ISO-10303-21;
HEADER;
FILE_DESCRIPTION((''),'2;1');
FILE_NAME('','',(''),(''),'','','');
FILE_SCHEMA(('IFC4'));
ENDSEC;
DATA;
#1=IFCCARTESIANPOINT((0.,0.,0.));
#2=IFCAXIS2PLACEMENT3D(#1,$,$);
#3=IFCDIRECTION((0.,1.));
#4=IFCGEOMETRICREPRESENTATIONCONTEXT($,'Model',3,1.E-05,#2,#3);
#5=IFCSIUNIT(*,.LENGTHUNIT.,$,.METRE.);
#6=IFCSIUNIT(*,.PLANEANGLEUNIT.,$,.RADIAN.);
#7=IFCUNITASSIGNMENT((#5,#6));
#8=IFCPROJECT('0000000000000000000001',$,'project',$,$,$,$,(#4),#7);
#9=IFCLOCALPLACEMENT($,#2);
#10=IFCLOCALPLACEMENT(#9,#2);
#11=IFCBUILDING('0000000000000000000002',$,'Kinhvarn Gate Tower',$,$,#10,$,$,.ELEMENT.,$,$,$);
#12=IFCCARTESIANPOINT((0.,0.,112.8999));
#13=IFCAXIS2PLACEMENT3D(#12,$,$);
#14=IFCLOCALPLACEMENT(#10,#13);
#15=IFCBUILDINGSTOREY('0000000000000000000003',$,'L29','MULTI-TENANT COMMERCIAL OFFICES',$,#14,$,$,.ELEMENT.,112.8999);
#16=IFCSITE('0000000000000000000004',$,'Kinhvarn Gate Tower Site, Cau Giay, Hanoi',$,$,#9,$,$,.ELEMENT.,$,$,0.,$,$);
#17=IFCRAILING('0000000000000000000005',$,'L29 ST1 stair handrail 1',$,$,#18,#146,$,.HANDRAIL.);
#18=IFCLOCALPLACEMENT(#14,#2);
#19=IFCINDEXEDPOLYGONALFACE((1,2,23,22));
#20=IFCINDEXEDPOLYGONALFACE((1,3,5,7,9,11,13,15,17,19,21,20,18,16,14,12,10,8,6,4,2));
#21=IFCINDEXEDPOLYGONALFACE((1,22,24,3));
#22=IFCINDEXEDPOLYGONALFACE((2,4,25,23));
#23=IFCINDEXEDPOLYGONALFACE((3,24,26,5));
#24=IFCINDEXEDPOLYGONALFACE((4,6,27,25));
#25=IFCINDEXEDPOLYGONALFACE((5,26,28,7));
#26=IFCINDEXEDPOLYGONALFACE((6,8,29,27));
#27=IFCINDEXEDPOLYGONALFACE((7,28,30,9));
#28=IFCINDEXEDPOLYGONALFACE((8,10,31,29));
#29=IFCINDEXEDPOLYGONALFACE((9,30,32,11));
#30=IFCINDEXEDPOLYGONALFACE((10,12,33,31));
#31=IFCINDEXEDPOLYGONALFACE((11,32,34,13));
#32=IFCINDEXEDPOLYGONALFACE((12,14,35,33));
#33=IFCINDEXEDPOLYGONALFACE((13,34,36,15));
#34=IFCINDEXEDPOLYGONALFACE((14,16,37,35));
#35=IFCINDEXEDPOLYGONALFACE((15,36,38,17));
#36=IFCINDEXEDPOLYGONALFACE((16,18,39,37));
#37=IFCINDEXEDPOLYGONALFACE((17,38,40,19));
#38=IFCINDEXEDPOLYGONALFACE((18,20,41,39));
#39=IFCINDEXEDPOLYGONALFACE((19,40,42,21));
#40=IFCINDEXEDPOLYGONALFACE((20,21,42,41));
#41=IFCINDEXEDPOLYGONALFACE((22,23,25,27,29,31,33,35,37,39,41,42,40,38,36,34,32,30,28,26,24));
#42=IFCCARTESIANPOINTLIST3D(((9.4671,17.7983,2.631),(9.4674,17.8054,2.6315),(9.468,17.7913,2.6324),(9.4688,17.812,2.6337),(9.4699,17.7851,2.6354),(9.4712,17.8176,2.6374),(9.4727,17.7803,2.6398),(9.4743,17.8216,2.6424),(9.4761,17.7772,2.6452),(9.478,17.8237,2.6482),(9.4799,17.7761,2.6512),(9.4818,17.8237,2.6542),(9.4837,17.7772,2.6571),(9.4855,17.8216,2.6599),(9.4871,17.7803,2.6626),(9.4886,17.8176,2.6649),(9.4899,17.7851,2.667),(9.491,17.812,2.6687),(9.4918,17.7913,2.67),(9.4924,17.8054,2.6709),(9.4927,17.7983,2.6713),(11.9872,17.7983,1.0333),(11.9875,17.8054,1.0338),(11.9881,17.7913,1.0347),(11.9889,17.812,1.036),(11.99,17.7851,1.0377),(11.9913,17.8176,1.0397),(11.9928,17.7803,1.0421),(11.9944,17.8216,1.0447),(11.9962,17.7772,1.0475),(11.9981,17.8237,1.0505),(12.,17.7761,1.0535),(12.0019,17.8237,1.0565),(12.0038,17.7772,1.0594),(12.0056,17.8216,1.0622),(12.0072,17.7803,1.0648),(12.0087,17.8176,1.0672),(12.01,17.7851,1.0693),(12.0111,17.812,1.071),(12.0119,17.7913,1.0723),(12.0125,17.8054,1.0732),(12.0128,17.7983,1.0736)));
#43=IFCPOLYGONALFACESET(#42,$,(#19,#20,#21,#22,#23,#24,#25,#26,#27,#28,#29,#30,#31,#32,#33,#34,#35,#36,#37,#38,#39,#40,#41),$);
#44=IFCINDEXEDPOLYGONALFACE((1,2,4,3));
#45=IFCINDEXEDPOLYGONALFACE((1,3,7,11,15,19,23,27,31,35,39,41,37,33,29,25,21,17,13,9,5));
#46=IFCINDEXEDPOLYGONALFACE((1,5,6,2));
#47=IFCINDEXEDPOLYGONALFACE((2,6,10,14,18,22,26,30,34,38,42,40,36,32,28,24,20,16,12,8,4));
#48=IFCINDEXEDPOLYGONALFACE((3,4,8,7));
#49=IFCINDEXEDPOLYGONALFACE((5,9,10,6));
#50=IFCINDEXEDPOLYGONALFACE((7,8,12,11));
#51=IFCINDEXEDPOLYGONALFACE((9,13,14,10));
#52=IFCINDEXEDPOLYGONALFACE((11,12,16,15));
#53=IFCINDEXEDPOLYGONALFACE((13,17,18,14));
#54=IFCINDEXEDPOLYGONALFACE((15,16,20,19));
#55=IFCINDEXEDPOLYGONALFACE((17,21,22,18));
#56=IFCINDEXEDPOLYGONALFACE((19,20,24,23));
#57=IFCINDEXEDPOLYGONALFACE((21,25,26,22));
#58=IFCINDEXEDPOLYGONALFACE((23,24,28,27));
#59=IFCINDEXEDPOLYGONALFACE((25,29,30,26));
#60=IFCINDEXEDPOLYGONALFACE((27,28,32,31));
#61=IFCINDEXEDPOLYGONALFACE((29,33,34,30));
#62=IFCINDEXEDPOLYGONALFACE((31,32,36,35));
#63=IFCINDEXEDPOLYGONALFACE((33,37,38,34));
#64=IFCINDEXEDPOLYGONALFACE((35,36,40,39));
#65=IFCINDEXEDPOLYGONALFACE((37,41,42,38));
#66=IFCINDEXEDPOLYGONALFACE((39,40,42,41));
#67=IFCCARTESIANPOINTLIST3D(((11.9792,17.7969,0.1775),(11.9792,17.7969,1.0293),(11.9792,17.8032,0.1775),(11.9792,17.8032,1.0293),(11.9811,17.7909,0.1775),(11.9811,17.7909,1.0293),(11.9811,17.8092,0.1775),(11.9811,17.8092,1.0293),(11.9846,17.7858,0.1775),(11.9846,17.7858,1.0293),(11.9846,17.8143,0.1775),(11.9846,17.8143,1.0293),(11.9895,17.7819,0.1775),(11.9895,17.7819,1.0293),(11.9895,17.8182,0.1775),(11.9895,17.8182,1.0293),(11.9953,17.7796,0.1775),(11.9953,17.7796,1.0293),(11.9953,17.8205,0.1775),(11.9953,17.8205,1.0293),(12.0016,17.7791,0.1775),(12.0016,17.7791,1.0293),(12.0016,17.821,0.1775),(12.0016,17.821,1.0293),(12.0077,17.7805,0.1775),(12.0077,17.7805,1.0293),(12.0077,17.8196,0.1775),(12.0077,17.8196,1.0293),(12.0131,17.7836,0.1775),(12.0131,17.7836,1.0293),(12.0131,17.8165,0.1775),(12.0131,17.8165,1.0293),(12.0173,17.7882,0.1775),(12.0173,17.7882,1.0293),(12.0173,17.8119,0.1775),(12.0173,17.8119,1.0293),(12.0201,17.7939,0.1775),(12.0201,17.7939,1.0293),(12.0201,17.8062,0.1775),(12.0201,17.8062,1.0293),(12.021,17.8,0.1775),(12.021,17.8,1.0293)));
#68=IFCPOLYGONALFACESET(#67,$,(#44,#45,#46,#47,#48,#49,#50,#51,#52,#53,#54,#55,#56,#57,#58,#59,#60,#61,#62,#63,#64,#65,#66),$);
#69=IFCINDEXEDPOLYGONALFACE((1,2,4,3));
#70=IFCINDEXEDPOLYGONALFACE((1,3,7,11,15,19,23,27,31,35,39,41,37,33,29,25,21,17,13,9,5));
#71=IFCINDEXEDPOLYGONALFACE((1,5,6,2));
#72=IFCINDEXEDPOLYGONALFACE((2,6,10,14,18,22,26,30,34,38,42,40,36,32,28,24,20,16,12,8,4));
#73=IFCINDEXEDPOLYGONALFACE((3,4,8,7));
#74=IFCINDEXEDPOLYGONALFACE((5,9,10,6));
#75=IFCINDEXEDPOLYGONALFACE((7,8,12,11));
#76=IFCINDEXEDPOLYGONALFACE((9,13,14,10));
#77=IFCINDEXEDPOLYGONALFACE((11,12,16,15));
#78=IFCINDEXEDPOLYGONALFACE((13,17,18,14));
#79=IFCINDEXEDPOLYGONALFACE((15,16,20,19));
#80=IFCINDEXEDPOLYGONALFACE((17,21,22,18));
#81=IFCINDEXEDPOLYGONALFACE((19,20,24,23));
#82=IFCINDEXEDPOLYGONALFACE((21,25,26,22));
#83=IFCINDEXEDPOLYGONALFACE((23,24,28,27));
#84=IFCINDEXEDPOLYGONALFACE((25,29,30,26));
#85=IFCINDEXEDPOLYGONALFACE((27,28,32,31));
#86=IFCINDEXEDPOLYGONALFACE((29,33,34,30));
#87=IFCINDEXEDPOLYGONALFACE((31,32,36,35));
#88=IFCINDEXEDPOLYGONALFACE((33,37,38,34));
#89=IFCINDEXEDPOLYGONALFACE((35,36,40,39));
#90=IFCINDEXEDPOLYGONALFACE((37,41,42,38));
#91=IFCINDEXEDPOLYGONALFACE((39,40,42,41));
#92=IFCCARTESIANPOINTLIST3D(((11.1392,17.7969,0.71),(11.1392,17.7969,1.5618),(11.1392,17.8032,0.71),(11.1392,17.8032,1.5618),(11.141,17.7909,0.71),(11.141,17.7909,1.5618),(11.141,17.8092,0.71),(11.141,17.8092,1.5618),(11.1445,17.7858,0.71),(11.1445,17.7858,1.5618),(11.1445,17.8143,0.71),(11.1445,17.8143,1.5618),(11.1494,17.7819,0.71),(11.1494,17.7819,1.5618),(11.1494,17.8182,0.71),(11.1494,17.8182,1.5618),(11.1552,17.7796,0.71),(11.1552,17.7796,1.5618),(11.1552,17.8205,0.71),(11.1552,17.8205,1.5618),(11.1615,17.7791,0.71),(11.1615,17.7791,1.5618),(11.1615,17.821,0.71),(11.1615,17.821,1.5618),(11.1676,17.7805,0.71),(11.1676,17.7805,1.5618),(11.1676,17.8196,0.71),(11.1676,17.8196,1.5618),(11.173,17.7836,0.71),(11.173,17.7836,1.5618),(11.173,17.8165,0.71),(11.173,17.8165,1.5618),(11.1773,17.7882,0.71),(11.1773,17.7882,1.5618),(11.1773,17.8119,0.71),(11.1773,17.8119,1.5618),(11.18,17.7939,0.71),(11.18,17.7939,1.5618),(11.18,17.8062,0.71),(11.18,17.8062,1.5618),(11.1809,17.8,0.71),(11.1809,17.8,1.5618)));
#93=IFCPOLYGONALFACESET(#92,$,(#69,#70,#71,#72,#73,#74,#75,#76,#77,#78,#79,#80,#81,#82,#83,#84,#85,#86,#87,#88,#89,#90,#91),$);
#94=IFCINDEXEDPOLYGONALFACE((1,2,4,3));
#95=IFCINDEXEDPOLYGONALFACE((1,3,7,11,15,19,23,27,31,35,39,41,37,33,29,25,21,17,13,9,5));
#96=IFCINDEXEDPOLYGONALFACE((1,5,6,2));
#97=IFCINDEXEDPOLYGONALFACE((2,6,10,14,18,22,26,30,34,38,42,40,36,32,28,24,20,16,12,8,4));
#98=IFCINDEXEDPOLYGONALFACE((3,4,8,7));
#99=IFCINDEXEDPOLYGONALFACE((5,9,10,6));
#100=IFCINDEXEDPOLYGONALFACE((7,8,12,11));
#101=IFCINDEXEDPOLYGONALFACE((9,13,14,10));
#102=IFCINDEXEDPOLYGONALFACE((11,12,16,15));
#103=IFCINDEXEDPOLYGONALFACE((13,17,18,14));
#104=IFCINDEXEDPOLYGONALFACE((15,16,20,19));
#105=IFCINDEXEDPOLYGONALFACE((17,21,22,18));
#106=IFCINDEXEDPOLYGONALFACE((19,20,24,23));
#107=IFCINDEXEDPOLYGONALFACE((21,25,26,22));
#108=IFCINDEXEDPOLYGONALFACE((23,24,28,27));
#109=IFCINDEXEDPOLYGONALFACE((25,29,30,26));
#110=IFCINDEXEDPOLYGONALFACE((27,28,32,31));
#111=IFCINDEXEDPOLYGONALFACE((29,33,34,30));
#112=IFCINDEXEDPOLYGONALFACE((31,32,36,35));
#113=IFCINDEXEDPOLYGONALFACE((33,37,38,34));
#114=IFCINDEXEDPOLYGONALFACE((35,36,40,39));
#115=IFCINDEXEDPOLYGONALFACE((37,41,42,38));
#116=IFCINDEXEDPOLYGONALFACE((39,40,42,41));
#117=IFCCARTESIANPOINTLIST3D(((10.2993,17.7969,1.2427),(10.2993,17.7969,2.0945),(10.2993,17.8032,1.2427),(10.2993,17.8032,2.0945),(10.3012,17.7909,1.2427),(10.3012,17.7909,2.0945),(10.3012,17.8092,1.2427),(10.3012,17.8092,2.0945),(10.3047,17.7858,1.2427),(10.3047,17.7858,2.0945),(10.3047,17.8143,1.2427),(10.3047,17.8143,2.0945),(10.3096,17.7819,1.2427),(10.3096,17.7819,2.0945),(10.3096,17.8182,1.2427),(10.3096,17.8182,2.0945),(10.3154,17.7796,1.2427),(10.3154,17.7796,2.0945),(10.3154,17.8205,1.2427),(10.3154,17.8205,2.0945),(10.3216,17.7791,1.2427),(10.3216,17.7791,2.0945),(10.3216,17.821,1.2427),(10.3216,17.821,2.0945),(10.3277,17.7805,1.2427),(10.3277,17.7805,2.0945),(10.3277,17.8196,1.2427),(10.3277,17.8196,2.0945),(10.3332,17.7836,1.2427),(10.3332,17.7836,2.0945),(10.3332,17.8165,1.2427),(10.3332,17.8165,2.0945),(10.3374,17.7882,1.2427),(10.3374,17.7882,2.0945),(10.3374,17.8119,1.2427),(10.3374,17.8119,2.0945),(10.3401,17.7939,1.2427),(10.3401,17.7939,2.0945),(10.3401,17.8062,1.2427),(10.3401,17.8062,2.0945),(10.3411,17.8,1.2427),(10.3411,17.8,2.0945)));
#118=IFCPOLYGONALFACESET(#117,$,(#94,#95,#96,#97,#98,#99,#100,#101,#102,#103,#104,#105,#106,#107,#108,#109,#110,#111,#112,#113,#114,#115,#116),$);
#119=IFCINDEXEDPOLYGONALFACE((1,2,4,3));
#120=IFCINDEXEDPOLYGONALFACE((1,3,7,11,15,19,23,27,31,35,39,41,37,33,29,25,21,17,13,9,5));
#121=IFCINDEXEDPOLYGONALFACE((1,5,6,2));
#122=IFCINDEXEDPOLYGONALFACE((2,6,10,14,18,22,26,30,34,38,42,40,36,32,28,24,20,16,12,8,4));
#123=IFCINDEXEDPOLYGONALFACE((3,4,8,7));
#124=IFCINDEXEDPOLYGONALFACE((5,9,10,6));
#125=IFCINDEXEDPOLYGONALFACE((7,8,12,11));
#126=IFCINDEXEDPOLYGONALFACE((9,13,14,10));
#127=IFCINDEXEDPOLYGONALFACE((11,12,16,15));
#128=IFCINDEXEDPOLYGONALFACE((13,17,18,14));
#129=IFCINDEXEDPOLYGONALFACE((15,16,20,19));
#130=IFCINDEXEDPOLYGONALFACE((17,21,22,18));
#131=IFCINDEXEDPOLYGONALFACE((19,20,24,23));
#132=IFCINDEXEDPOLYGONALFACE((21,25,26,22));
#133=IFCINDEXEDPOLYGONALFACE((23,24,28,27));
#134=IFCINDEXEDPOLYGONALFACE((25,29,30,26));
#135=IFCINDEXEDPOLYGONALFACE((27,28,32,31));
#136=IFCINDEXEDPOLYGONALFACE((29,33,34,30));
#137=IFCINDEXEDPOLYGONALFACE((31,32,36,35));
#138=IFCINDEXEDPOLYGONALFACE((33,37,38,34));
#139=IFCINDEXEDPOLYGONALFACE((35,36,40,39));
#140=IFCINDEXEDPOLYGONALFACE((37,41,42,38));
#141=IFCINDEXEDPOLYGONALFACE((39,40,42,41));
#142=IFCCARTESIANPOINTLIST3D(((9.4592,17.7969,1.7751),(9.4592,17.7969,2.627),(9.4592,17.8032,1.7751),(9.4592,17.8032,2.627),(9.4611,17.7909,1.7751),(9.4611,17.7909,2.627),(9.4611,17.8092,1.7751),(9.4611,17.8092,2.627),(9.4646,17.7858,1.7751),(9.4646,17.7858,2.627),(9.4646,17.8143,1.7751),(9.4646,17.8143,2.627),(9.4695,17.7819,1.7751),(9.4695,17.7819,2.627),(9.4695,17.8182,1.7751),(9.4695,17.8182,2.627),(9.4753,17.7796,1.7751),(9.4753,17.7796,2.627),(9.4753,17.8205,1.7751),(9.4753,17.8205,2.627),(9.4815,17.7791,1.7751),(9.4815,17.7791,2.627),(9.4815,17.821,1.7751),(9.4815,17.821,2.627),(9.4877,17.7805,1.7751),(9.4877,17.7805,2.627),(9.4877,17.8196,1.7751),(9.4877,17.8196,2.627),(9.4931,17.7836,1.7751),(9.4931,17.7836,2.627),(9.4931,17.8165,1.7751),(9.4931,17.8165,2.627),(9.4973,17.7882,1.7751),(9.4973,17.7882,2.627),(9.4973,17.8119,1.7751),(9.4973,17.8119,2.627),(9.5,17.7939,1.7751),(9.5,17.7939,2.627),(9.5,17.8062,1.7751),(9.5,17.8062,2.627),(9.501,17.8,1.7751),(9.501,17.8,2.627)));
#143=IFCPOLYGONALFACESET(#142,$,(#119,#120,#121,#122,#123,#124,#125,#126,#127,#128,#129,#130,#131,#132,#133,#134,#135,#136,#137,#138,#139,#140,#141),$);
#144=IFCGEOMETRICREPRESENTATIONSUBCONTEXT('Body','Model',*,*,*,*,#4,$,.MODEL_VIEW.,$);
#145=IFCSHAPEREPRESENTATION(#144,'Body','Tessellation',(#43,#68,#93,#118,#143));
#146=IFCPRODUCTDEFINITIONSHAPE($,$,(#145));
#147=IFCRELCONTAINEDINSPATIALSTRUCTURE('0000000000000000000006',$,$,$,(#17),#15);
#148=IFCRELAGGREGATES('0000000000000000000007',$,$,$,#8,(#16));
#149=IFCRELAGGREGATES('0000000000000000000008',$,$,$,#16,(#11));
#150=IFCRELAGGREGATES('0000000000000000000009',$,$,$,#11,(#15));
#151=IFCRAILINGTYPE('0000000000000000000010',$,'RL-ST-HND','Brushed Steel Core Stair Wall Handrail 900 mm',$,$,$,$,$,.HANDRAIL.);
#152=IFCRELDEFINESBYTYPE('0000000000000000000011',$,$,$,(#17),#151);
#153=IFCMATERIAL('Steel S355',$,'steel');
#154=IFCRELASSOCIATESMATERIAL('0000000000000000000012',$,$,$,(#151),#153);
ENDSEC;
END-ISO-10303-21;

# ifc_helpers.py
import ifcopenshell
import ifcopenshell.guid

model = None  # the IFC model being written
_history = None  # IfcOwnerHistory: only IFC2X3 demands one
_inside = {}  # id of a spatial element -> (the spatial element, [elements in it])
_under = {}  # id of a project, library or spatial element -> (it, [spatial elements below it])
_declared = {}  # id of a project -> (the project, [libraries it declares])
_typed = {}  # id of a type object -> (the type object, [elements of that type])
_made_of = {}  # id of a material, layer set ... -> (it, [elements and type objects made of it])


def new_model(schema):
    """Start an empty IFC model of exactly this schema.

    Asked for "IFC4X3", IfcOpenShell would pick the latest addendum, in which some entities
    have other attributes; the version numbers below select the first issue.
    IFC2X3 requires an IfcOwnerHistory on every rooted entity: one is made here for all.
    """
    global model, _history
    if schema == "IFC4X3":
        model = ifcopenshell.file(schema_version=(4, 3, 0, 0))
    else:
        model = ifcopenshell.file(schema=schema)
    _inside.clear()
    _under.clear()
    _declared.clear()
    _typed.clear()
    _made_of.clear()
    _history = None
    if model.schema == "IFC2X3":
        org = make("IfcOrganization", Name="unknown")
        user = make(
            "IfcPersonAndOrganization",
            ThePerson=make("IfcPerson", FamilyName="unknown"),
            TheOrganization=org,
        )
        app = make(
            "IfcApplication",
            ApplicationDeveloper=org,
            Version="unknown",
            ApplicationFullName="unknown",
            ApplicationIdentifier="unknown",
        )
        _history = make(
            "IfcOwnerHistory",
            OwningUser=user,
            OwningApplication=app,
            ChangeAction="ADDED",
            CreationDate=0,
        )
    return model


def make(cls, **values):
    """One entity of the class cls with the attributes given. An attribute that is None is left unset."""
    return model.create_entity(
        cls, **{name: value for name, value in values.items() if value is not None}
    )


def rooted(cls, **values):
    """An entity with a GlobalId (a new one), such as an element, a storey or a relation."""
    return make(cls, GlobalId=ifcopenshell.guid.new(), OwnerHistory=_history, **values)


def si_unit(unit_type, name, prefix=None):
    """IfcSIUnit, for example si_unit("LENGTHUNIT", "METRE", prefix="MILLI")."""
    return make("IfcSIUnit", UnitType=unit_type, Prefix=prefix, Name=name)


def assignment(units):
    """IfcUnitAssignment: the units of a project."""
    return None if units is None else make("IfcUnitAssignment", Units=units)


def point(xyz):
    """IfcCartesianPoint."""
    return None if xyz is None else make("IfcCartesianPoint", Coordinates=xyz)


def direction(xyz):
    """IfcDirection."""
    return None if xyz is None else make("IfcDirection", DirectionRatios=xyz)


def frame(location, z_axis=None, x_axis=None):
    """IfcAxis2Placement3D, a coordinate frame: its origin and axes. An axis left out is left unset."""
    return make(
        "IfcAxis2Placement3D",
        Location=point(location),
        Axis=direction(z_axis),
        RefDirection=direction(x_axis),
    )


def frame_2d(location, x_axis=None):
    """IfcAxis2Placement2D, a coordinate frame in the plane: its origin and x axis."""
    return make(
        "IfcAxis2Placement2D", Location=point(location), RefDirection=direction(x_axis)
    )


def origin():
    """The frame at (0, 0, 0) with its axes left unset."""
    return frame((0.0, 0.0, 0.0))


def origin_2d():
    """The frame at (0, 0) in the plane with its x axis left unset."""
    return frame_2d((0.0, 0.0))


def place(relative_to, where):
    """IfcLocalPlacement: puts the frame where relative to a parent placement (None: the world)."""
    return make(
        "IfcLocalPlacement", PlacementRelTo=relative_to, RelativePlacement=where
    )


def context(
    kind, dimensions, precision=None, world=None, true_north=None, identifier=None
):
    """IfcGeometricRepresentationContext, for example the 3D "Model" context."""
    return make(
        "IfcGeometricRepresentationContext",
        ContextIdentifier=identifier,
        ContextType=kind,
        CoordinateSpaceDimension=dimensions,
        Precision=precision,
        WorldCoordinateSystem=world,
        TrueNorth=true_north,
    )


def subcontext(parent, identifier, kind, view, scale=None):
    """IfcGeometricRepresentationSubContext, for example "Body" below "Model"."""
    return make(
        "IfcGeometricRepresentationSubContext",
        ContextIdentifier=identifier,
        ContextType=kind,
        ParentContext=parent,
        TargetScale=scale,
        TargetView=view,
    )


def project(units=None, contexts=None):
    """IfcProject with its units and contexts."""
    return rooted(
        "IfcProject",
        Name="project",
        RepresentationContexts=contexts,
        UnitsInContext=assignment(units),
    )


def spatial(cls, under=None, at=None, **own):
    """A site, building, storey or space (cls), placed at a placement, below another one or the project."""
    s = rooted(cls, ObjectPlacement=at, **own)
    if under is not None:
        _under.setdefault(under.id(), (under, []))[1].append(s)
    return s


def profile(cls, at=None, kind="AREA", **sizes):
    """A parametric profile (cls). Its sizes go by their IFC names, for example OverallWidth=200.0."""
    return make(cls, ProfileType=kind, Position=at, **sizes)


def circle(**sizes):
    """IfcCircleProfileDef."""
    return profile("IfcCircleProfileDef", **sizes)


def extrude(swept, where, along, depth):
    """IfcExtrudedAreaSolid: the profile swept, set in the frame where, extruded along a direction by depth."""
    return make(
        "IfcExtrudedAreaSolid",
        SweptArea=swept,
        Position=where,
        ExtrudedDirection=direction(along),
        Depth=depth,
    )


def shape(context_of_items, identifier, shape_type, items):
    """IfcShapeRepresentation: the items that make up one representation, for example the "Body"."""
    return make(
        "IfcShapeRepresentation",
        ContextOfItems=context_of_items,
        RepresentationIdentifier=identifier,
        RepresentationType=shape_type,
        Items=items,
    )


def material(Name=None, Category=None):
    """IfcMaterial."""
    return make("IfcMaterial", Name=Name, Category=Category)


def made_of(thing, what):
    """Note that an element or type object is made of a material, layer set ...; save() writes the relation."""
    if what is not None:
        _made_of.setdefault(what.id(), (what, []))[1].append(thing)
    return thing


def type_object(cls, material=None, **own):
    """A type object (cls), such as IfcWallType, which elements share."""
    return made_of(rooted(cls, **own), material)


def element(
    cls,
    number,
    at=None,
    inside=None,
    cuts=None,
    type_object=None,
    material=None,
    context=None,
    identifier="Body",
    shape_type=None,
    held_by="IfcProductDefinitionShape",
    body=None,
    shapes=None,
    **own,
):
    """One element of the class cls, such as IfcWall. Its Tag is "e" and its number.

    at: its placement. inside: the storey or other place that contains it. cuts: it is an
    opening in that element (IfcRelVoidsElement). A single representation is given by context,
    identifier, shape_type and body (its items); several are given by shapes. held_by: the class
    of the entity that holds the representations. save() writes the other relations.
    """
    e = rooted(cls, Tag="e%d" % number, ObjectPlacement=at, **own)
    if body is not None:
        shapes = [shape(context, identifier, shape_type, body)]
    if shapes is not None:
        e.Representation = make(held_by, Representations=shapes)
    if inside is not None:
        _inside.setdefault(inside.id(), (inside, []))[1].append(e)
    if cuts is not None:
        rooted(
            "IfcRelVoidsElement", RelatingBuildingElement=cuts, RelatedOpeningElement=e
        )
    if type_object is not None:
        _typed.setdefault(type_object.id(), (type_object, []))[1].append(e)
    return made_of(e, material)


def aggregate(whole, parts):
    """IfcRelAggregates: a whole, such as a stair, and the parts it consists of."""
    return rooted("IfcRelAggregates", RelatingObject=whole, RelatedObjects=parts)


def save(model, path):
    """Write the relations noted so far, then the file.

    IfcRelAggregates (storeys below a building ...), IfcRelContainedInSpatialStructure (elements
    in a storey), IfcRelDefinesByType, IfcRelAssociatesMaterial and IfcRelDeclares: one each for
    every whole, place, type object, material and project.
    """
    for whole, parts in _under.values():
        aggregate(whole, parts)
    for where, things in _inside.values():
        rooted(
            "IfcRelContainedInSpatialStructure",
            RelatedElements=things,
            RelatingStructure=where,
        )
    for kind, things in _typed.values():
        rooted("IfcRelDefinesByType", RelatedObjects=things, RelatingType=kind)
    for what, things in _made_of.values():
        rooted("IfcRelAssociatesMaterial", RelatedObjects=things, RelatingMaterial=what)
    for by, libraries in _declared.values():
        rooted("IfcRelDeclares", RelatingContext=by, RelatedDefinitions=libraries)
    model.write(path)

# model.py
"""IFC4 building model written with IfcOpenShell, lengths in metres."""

from ifc_helpers import new_model, si_unit, direction, frame, origin, origin_2d, place, context, subcontext, project, spatial, circle, extrude, material, type_object, element, save


model = new_model("IFC4")

# Units and contexts
model_context = context("Model", 3, precision=1e-05, world=origin(), true_north=direction((0.0, 1.0)))
body_context = subcontext(model_context, "Body", "Model", "MODEL_VIEW")
ifc_project = project(units=[si_unit("LENGTHUNIT", "METRE"), si_unit("PLANEANGLEUNIT", "RADIAN")], contexts=[model_context])

# Site, building, storey
site_placement = place(None, origin())
site = spatial("IfcSite", under=ifc_project, at=site_placement, Name="Kinhvarn Gate Tower Site, Cau Giay, Hanoi", CompositionType="ELEMENT", RefElevation=0.0)
building_placement = place(site_placement, origin())
building = spatial("IfcBuilding", under=site, at=building_placement, Name="Kinhvarn Gate Tower", CompositionType="ELEMENT")
storey_placement = place(building_placement, frame((0.0, 0.0, 112.8999)))
storey = spatial("IfcBuildingStorey", under=building, at=storey_placement, Name="L29", Description="MULTI-TENANT COMMERCIAL OFFICES", CompositionType="ELEMENT", Elevation=112.8999)

# Shared definitions
ifc_material_1 = material(Name="Steel S355", Category="steel")

# Railing
railing_type_1 = type_object("IfcRailingType", Name="RL-ST-HND", Description="Brushed Steel Core Stair Wall Handrail 900 mm", PredefinedType="HANDRAIL", material=ifc_material_1)
railing_1_placement = place(storey_placement, frame((12.0, 17.8, 0.1775)))
element("IfcRailing", 1, at=railing_1_placement, inside=storey, type_object=railing_type_1, Name="L29 ST1 stair handrail 1", PredefinedType="HANDRAIL", context=body_context, shape_type="SweptSolid", body=[
    extrude(circle(Radius=0.0239, at=origin_2d()), frame((0.0, 0.0, 0.876), z_axis=(-0.84457, 0.0, 0.535445), x_axis=(0.0, -1.0, 0.0)), (0.0, 0.0, 1.0), 2.9839),
    extrude(circle(Radius=0.021, at=origin_2d()), origin(), (0.0, 0.0, 1.0), 0.8518),
    extrude(circle(Radius=0.021, at=origin_2d()), frame((-0.8401, 0.0, 0.5325)), (0.0, 0.0, 1.0), 0.8518),
    extrude(circle(Radius=0.021, at=origin_2d()), frame((-1.6799, 0.0, 1.0652)), (0.0, 0.0, 1.0), 0.8518),
    extrude(circle(Radius=0.021, at=origin_2d()), frame((-2.52, 0.0, 1.5977)), (0.0, 0.0, 1.0), 0.8518),
])

save(model, "model.ifc")
